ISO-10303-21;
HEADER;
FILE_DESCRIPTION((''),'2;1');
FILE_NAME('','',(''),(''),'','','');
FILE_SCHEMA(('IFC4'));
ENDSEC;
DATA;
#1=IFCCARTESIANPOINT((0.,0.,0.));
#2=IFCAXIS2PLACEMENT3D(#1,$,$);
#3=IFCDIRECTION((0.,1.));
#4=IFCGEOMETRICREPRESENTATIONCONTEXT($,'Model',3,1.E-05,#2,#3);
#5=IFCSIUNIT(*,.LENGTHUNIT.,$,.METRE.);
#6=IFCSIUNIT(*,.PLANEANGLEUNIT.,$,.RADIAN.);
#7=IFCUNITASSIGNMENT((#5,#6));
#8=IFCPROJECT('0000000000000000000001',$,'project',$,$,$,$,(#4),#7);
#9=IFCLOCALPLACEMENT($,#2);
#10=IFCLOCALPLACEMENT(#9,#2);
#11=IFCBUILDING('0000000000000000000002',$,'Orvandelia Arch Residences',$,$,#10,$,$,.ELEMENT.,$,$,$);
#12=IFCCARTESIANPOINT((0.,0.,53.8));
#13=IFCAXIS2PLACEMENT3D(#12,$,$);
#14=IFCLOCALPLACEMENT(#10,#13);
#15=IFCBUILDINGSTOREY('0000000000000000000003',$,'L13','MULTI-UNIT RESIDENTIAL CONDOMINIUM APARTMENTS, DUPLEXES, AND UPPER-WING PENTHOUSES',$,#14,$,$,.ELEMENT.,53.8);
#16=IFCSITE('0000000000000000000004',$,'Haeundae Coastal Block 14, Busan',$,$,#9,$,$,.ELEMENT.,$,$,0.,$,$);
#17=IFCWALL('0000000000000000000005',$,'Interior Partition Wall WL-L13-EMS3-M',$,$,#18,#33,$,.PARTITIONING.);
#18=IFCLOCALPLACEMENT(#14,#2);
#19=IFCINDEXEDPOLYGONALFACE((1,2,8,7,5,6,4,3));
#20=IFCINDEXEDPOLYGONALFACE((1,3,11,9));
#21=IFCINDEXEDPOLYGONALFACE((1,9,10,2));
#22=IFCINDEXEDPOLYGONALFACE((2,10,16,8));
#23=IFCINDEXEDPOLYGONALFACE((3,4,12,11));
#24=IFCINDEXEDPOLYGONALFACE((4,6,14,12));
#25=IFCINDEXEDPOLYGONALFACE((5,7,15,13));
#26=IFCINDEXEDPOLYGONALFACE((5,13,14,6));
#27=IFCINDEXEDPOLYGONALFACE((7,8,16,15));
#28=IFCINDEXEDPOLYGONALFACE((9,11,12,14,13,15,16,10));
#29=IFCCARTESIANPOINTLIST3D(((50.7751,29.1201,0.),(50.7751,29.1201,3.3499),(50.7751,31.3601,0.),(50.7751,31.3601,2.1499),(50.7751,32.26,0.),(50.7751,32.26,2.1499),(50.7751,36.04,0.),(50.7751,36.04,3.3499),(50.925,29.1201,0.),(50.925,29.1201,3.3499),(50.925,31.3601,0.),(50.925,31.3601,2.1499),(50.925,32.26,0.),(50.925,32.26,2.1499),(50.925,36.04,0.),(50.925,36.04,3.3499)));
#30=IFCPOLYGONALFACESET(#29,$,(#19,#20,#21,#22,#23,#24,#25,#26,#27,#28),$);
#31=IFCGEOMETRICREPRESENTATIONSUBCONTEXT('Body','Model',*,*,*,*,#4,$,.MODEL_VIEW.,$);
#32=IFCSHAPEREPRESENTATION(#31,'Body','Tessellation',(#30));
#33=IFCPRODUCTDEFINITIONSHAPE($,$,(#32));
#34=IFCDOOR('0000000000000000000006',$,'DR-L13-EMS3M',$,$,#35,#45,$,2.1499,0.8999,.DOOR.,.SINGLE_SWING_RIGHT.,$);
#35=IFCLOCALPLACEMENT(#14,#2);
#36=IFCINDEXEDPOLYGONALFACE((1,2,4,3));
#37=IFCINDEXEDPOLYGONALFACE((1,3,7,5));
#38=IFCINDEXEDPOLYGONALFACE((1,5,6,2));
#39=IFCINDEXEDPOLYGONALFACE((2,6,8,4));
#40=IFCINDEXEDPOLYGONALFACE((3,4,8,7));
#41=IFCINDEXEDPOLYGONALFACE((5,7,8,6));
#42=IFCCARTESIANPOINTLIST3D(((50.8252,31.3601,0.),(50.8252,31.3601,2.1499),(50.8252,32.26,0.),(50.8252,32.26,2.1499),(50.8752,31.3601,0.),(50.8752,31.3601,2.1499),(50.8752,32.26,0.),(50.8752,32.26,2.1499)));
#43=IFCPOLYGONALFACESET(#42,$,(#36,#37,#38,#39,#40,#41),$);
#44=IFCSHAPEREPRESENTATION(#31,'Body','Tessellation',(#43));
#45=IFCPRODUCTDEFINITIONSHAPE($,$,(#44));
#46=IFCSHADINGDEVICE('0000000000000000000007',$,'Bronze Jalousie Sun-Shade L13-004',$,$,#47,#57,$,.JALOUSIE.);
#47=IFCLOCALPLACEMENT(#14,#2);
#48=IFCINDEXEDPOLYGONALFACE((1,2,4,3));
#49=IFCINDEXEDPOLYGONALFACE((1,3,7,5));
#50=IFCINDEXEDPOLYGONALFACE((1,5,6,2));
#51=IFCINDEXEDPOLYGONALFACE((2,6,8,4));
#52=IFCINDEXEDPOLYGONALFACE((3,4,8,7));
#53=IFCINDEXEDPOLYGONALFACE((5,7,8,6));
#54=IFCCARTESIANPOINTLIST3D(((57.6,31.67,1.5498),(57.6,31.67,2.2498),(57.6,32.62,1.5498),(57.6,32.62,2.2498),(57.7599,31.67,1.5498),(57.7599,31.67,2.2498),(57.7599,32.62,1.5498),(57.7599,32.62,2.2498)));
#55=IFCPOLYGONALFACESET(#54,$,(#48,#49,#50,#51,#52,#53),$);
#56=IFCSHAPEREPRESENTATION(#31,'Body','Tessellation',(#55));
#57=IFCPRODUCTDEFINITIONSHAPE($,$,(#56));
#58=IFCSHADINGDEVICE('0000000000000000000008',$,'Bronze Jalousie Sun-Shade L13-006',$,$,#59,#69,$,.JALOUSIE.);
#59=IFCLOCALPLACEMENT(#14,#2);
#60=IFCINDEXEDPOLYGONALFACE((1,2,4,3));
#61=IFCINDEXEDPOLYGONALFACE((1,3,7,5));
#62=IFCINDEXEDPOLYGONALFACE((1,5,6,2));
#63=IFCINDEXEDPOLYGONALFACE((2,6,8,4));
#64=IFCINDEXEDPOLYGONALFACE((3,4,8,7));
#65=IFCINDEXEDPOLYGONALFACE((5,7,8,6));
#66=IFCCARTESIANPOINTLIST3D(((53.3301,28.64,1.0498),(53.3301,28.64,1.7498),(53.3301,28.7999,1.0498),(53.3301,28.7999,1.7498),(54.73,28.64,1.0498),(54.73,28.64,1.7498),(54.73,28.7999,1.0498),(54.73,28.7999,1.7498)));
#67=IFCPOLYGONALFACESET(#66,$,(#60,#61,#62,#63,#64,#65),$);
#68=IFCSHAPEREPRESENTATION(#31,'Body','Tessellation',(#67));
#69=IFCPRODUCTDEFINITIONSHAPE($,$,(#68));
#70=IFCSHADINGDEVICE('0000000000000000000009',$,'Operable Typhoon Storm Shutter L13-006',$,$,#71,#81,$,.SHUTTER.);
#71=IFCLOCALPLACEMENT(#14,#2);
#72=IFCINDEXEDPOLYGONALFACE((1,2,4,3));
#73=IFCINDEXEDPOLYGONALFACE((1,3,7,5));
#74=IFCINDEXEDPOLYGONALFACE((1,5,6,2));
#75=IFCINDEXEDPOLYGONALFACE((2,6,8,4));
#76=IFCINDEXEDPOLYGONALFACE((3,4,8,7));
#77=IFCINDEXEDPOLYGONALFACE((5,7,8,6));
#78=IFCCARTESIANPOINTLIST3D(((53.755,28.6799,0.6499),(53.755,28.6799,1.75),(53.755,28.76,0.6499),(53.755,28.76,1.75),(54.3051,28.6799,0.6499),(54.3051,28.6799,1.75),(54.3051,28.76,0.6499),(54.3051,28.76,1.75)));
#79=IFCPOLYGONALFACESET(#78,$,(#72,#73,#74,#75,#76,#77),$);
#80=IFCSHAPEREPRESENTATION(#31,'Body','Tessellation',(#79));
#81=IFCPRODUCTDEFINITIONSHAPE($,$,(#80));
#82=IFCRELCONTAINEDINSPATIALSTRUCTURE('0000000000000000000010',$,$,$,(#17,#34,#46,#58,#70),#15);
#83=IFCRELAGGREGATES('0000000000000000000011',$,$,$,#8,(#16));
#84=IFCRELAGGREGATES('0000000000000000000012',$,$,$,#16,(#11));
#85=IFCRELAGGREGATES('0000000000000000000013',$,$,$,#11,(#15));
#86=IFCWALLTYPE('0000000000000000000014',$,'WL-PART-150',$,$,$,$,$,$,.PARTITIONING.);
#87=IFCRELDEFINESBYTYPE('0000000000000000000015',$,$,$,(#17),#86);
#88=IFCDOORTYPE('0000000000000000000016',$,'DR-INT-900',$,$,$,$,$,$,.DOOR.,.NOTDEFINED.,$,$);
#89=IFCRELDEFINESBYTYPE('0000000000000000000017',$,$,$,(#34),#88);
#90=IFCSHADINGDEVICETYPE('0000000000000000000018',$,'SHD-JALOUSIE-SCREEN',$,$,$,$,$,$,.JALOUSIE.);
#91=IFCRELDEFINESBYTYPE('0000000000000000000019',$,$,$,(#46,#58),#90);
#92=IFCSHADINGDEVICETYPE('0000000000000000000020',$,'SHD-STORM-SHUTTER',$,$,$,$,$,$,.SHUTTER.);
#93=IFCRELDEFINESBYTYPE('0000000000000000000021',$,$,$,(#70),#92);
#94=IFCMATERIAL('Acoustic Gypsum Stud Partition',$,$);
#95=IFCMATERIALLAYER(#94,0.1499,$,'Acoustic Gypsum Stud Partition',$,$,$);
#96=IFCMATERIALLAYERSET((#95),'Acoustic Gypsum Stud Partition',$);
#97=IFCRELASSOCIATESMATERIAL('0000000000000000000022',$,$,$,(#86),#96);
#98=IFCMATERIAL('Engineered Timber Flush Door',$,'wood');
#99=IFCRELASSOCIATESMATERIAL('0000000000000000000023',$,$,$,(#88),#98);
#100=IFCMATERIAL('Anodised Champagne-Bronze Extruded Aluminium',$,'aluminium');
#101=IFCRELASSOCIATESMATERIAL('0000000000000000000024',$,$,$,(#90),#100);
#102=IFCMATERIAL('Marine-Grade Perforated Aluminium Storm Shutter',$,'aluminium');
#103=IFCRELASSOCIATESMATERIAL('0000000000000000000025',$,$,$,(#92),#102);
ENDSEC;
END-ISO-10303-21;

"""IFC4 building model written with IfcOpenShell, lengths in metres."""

from ifc_helpers import new_model, si_unit, direction, frame, frame_2d, origin, origin_2d, place, context, subcontext, project, spatial, rectangle, extrude, material, layer, layer_set, type_object, element, fill, save


model = new_model("IFC4")

# Units and contexts
model_context = context("Model", 3, precision=1e-05, world=origin(), true_north=direction((0.0, 1.0)))
body_context = subcontext(model_context, "Body", "Model", "MODEL_VIEW")
ifc_project = project(units=[si_unit("LENGTHUNIT", "METRE"), si_unit("PLANEANGLEUNIT", "RADIAN")], contexts=[model_context])

# Site, building, storey
site_placement = place(None, origin())
site = spatial("IfcSite", under=ifc_project, at=site_placement, Name="Haeundae Coastal Block 14, Busan", CompositionType="ELEMENT", RefElevation=0.0)
building_placement = place(site_placement, origin())
building = spatial("IfcBuilding", under=site, at=building_placement, Name="Orvandelia Arch Residences", CompositionType="ELEMENT")
storey_placement = place(building_placement, frame((0.0, 0.0, 53.8)))
storey = spatial("IfcBuildingStorey", under=building, at=storey_placement, Name="L13", Description="MULTI-UNIT RESIDENTIAL CONDOMINIUM APARTMENTS, DUPLEXES, AND UPPER-WING PENTHOUSES", CompositionType="ELEMENT", Elevation=53.8)

# Wall, opening, door
ifc_material_1 = material(Name="Acoustic Gypsum Stud Partition")
ifc_layer_1 = layer(ifc_material_1, 0.1499, Name="Acoustic Gypsum Stud Partition")
ifc_layer_set_1 = layer_set([ifc_layer_1], Name="Acoustic Gypsum Stud Partition")
wall_type_1 = type_object("IfcWallType", Name="WL-PART-150", PredefinedType="PARTITIONING", material=ifc_layer_set_1)
wall_1_placement = place(storey_placement, frame((50.8501, 29.1201, 0.0), z_axis=(0.0, 0.0, 1.0), x_axis=(0.0, 1.0, 0.0)))
wall_1 = element("IfcWall", 1, at=wall_1_placement, inside=storey, type_object=wall_type_1, Name="Interior Partition Wall WL-L13-EMS3-M", PredefinedType="PARTITIONING", context=body_context, shape_type="SweptSolid", body=[
    extrude(rectangle(XDim=6.9199, YDim=0.1499, at=frame_2d((3.46, 0.0))), origin(), (0.0, 0.0, 1.0), 3.3499),
])
opening_1_placement = place(wall_1_placement, frame((2.24, 0.0, 0.0)))
opening_1 = element("IfcOpeningElement", 2, at=opening_1_placement, cuts=wall_1, PredefinedType="OPENING", context=body_context, shape_type="SweptSolid", body=[
    extrude(rectangle(XDim=0.8999, YDim=2.1499, at=frame_2d((0.45, 1.075))), frame((0.0, 0.085, 0.0), z_axis=(0.0, -1.0, 0.0), x_axis=(1.0, 0.0, 0.0)), (0.0, 0.0, 1.0), 0.1699),
])
ifc_material_2 = material(Name="Engineered Timber Flush Door", Category="wood")
door_type = type_object("IfcDoorType", Name="DR-INT-900", OperationType="NOTDEFINED", PredefinedType="DOOR", material=ifc_material_2)
door_placement = place(opening_1_placement, origin())
door = element("IfcDoor", 3, at=door_placement, inside=storey, type_object=door_type, Name="DR-L13-EMS3M", OperationType="SINGLE_SWING_RIGHT", OverallHeight=2.1499, OverallWidth=0.8999, PredefinedType="DOOR", context=body_context, shape_type="SweptSolid", body=[
    extrude(rectangle(XDim=0.8999, YDim=2.1499, at=frame_2d((0.45, 1.075))), frame((0.0, 0.0249, 0.0), z_axis=(0.0, -1.0, 0.0), x_axis=(1.0, 0.0, 0.0)), (0.0, 0.0, 1.0), 0.05),
])
fill(opening_1, door)

# Shading devices
ifc_material_3 = material(Name="Anodised Champagne-Bronze Extruded Aluminium", Category="aluminium")
shading_device_type_1 = type_object("IfcShadingDeviceType", Name="SHD-JALOUSIE-SCREEN", PredefinedType="JALOUSIE", material=ifc_material_3)
shading_device_1_placement = place(storey_placement, frame((57.6799, 32.145, 1.5498), z_axis=(0.0, 0.0, 1.0), x_axis=(0.0, -1.0, 0.0)))
element("IfcShadingDevice", 4, at=shading_device_1_placement, inside=storey, type_object=shading_device_type_1, Name="Bronze Jalousie Sun-Shade L13-004", PredefinedType="JALOUSIE", context=body_context, shape_type="SweptSolid", body=[
    extrude(rectangle(XDim=0.95, YDim=0.1599, at=origin_2d()), origin(), (0.0, 0.0, 1.0), 0.7),
])
shading_device_2_placement = place(storey_placement, frame((54.03, 28.72, 1.0498), z_axis=(0.0, 0.0, 1.0), x_axis=(-1.0, 0.0, 0.0)))
element("IfcShadingDevice", 5, at=shading_device_2_placement, inside=storey, type_object=shading_device_type_1, Name="Bronze Jalousie Sun-Shade L13-006", PredefinedType="JALOUSIE", context=body_context, shape_type="SweptSolid", body=[
    extrude(rectangle(XDim=1.3999, YDim=0.1599, at=origin_2d()), origin(), (0.0, 0.0, 1.0), 0.7),
])
ifc_material_4 = material(Name="Marine-Grade Perforated Aluminium Storm Shutter", Category="aluminium")
shading_device_type_2 = type_object("IfcShadingDeviceType", Name="SHD-STORM-SHUTTER", PredefinedType="SHUTTER", material=ifc_material_4)
shading_device_3_placement = place(storey_placement, frame((54.03, 28.72, 0.6499), z_axis=(0.0, 0.0, 1.0), x_axis=(-1.0, 0.0, 0.0)))
element("IfcShadingDevice", 6, at=shading_device_3_placement, inside=storey, type_object=shading_device_type_2, Name="Operable Typhoon Storm Shutter L13-006", PredefinedType="SHUTTER", context=body_context, shape_type="SweptSolid", body=[
    extrude(rectangle(XDim=0.55, YDim=0.0801, at=origin_2d()), origin(), (0.0, 0.0, 1.0), 1.1001),
])

save(model, "model.ifc")
